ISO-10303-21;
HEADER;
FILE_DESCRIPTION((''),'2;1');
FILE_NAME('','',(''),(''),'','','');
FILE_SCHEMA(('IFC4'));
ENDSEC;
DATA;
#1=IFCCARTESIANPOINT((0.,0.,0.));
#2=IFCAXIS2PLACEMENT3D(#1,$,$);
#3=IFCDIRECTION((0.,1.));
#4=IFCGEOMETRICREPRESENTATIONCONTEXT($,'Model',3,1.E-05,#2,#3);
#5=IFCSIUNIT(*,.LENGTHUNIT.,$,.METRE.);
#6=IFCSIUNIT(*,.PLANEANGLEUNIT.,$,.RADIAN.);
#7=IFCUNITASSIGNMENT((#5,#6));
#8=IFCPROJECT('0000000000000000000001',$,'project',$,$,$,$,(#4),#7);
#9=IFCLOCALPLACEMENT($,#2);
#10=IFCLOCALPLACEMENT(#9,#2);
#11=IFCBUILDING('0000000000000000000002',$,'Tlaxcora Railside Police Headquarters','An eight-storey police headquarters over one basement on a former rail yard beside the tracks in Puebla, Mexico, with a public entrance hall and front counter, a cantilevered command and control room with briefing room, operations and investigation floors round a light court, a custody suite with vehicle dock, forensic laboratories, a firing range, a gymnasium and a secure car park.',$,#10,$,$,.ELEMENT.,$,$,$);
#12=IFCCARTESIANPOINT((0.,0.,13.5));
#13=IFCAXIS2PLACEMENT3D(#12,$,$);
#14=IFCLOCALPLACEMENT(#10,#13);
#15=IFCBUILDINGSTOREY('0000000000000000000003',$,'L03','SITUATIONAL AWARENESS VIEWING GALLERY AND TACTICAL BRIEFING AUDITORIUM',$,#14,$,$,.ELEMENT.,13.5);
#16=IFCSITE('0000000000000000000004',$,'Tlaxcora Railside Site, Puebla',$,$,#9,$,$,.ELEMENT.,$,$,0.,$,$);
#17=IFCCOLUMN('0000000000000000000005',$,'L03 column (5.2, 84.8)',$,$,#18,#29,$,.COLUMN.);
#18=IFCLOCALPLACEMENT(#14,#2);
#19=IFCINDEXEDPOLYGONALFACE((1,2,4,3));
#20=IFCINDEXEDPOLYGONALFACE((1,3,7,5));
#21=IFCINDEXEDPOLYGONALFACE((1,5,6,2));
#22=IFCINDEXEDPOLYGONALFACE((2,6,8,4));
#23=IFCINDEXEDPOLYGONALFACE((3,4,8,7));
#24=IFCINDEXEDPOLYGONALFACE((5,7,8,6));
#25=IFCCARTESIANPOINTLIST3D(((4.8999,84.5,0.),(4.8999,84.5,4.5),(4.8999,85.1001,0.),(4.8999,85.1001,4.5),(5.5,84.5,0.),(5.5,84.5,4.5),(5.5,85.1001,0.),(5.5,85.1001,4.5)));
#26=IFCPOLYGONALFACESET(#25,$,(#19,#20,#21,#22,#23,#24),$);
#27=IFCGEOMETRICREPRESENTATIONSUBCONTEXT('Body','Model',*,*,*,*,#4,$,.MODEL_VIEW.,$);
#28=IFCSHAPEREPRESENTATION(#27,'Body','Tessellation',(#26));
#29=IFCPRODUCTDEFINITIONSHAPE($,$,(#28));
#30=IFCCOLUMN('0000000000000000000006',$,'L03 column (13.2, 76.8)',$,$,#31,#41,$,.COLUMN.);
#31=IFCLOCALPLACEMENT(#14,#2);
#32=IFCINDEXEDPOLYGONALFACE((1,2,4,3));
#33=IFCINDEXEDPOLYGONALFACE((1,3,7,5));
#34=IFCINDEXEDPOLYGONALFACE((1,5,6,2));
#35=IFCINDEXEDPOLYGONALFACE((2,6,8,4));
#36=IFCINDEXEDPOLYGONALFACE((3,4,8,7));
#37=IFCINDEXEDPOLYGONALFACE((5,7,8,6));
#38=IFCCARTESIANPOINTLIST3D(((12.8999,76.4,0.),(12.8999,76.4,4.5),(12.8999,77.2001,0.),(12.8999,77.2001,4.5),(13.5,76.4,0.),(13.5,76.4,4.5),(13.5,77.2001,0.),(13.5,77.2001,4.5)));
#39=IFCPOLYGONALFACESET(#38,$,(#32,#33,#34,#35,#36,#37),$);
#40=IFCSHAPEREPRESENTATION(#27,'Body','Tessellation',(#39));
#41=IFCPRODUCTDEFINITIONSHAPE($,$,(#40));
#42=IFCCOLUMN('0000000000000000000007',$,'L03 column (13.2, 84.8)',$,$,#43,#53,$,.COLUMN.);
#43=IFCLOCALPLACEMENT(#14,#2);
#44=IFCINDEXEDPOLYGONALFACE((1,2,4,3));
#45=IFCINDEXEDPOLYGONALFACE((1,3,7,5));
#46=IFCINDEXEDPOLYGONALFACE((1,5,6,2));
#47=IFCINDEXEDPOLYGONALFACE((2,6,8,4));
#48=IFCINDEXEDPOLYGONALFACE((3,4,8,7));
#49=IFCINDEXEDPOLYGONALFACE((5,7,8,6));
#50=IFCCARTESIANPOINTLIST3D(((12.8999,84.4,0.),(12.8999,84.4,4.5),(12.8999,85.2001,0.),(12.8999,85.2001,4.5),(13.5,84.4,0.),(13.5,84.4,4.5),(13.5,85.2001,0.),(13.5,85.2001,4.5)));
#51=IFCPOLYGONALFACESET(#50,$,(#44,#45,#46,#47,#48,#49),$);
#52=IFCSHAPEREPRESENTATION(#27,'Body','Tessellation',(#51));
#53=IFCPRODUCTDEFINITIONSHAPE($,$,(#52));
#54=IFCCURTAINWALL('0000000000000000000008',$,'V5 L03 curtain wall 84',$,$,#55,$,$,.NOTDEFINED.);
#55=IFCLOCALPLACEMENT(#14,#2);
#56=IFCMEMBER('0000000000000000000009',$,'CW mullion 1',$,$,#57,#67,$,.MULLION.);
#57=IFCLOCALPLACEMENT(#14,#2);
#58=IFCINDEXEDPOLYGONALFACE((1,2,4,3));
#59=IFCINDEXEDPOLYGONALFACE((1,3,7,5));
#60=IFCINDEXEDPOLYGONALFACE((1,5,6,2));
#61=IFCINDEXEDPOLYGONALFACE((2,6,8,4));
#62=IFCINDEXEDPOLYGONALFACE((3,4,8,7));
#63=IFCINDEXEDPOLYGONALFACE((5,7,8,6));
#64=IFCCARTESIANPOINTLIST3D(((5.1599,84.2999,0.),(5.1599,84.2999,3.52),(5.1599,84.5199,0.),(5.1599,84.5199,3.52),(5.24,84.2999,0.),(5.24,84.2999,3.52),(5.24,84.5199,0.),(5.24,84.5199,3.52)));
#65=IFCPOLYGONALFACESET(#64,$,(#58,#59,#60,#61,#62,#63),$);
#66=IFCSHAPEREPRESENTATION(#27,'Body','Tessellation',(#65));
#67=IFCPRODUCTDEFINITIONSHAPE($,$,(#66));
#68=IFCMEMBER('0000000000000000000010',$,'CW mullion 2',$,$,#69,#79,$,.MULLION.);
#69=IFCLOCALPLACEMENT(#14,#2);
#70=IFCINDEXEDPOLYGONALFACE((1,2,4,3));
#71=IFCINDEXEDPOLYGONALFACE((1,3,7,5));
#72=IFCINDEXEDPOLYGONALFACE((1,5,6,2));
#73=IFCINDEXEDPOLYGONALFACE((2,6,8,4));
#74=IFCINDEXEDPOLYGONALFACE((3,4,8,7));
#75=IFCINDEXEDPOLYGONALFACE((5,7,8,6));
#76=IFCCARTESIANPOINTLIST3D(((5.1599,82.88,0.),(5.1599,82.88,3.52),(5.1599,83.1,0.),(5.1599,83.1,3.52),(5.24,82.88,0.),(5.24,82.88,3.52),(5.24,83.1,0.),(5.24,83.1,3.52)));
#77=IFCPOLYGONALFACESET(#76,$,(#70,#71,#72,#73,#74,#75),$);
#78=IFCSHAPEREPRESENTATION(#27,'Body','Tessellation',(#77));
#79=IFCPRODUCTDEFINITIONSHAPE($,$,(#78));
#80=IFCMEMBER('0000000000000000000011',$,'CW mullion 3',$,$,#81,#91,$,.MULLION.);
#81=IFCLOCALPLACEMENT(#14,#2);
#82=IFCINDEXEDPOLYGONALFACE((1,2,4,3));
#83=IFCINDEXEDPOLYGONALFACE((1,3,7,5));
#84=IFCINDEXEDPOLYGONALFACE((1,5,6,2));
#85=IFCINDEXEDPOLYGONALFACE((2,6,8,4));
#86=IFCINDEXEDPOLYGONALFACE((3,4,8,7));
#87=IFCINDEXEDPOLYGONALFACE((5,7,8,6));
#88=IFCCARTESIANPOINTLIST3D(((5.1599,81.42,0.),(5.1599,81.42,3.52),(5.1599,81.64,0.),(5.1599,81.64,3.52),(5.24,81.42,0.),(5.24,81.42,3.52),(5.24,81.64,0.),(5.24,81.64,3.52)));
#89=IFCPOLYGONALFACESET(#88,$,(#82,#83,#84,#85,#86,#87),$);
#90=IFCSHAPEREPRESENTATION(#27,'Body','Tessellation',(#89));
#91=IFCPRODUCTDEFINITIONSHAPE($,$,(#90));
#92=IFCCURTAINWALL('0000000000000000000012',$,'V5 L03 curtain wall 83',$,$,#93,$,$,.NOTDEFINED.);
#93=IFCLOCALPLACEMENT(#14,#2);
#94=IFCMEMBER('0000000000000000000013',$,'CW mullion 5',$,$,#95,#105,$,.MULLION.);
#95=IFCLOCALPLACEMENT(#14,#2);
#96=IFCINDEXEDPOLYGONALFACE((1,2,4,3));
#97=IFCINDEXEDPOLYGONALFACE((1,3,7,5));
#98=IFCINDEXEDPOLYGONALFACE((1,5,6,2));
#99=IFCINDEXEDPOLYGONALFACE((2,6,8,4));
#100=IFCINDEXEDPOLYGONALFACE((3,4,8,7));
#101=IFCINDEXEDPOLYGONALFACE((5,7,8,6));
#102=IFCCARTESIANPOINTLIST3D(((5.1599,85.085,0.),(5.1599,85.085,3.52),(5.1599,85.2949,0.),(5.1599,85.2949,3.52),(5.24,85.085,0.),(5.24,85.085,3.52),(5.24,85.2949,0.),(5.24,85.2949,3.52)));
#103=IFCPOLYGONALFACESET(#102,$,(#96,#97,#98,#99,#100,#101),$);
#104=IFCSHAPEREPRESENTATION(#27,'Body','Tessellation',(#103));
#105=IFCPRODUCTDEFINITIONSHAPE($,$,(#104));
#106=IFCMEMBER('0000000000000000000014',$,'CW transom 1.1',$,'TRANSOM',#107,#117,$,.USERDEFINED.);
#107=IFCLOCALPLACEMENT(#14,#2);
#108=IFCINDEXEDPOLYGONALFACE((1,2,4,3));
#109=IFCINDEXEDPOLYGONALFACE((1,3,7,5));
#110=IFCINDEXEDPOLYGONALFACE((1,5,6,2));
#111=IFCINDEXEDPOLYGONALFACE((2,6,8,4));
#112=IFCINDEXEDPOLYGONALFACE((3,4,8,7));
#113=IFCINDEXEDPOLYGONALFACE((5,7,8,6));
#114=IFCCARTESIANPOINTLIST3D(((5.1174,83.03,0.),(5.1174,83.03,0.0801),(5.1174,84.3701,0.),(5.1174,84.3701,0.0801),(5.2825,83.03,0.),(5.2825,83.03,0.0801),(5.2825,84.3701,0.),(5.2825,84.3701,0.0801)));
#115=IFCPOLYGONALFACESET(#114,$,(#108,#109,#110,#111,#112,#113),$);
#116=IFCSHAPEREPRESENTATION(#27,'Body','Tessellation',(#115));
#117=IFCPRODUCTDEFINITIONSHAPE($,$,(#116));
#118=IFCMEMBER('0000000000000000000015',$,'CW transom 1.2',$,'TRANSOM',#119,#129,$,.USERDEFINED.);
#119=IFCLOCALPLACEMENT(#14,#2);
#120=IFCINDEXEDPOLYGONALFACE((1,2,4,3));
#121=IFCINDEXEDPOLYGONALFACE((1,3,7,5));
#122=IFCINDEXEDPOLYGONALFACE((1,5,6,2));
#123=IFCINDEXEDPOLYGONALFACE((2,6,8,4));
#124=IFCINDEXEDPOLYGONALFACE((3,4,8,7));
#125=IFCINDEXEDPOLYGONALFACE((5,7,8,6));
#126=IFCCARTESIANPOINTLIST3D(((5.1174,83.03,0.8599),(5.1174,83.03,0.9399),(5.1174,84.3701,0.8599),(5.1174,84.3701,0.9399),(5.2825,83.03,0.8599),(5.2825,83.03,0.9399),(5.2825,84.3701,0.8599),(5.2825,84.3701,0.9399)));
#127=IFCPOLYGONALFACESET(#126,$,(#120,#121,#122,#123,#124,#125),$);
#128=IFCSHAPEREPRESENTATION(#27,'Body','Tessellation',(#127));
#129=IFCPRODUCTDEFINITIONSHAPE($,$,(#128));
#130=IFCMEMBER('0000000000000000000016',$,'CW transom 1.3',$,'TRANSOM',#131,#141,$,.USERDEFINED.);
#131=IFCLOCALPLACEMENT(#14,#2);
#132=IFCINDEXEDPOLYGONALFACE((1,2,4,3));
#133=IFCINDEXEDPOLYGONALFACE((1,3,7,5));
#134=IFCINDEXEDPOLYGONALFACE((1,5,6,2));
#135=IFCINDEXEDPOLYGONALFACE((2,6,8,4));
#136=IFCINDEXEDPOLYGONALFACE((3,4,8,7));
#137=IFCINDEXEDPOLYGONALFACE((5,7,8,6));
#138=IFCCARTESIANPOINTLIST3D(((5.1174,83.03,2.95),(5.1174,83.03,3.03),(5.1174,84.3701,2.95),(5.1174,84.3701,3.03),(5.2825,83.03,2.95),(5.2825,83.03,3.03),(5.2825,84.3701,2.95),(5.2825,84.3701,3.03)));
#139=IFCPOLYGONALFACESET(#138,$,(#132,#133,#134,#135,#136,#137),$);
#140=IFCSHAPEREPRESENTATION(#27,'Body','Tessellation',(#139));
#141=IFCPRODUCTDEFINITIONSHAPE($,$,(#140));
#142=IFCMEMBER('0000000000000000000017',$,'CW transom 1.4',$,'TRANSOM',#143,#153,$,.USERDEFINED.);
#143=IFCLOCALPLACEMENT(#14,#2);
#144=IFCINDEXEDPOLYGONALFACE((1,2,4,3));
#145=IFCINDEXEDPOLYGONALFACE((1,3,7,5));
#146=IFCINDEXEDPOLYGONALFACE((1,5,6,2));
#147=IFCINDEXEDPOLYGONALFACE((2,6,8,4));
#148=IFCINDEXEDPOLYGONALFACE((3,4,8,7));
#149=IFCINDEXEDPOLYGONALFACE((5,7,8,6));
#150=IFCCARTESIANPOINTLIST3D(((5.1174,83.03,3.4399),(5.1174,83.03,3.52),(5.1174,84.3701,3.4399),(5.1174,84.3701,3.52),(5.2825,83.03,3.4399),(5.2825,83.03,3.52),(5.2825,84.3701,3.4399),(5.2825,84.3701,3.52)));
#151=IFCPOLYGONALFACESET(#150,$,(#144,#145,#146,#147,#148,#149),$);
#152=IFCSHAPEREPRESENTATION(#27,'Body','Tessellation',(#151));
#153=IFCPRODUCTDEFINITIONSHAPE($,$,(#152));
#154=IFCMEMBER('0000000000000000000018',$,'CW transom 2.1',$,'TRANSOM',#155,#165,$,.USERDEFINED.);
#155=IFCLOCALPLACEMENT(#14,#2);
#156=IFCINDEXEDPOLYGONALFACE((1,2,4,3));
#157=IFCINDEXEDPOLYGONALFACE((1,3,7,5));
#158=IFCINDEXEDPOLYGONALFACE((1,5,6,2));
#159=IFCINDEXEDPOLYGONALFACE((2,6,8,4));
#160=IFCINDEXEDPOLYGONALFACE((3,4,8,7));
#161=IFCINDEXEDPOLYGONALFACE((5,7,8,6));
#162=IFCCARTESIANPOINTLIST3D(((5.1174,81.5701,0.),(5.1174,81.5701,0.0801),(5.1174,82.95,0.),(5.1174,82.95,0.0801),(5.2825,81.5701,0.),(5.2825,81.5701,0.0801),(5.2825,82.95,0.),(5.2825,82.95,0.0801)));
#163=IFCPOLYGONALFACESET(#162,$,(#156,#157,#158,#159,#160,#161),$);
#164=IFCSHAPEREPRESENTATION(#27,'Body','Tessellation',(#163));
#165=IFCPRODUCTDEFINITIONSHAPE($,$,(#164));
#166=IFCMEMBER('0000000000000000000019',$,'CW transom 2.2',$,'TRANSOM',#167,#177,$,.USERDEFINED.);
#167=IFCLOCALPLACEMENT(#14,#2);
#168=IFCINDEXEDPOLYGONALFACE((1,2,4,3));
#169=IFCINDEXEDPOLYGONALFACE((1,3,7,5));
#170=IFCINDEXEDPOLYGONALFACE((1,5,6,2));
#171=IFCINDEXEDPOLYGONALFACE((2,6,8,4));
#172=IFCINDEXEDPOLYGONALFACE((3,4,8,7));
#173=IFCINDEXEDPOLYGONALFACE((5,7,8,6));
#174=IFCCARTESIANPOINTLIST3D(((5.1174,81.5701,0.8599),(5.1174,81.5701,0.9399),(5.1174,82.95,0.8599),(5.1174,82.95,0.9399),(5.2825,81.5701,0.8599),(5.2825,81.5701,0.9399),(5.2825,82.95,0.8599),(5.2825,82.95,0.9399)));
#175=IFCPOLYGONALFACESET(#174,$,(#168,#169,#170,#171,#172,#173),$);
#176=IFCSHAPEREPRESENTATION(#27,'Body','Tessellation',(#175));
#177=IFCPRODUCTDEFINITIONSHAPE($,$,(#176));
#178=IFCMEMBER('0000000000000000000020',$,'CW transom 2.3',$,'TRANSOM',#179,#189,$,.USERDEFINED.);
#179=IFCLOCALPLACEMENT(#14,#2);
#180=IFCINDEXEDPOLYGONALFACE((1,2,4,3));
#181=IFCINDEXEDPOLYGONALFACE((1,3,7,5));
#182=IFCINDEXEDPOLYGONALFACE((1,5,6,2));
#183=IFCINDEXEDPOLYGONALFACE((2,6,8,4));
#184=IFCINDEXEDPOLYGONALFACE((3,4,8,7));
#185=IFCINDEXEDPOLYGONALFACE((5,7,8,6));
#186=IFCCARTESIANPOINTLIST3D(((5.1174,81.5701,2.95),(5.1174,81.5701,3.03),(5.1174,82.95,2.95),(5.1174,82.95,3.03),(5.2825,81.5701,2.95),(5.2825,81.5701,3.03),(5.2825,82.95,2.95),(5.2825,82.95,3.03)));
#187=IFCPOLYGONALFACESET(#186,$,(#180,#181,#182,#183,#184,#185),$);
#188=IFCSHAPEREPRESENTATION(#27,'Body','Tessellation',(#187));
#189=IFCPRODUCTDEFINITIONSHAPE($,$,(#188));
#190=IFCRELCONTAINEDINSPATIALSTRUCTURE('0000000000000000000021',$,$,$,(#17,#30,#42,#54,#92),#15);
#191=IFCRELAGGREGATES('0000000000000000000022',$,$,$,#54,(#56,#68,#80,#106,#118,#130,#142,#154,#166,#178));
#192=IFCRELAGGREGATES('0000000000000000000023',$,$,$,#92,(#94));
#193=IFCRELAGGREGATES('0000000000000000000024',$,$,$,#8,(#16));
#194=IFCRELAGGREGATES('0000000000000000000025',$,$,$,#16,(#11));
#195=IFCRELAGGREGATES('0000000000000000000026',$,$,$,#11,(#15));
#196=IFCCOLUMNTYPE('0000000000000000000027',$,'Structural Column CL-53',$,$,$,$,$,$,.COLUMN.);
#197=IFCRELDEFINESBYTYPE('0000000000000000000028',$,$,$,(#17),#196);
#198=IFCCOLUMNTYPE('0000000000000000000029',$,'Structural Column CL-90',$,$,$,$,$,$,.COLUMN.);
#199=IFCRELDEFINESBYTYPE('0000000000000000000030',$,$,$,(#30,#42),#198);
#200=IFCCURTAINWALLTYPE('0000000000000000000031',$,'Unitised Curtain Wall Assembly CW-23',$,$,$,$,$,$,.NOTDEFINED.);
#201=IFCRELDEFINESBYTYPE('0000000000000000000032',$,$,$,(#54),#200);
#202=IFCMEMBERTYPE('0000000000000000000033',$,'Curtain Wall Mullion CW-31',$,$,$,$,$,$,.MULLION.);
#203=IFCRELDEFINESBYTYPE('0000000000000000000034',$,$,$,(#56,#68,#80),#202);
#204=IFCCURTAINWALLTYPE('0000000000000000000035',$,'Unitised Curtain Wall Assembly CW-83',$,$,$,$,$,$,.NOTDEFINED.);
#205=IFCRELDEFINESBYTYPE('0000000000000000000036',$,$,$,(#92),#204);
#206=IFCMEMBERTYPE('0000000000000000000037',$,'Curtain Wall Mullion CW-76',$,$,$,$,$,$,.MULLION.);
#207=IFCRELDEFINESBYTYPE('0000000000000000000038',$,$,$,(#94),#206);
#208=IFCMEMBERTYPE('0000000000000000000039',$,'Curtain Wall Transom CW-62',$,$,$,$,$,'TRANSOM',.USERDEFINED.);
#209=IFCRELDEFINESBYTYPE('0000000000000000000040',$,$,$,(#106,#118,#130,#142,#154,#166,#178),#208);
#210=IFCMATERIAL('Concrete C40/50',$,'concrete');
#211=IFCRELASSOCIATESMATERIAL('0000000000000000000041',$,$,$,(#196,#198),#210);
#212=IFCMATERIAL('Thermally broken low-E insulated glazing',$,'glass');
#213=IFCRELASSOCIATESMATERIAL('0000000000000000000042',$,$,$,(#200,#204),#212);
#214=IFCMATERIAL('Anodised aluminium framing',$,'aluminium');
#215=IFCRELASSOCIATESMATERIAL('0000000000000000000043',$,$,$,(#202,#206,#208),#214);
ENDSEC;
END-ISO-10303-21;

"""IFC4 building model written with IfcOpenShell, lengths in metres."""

from ifc_helpers import new_model, si_unit, direction, frame, origin, origin_2d, place, context, subcontext, project, spatial, rectangle, extrude, material, material_profile, profile_set, type_object, element, aggregate, save


model = new_model("IFC4")

# Units and contexts
model_context = context("Model", 3, precision=1e-05, world=origin(), true_north=direction((0.0, 1.0)))
body_context = subcontext(model_context, "Body", "Model", "MODEL_VIEW")
ifc_project = project(units=[si_unit("LENGTHUNIT", "METRE"), si_unit("PLANEANGLEUNIT", "RADIAN")], contexts=[model_context])

# Site, building, storey
site_placement = place(None, origin())
site = spatial("IfcSite", under=ifc_project, at=site_placement, Name="Tlaxcora Railside Site, Puebla", CompositionType="ELEMENT", RefElevation=0.0)
building_placement = place(site_placement, origin())
building = spatial("IfcBuilding", under=site, at=building_placement, Name="Tlaxcora Railside Police Headquarters", Description="An eight-storey police headquarters over one basement on a former rail yard beside the tracks in Puebla, Mexico, with a public entrance hall and front counter, a cantilevered command and control room with briefing room, operations and investigation floors round a light court, a custody suite with vehicle dock, forensic laboratories, a firing range, a gymnasium and a secure car park.", CompositionType="ELEMENT")
storey_placement = place(building_placement, frame((0.0, 0.0, 13.5)))
storey = spatial("IfcBuildingStorey", under=building, at=storey_placement, Name="L03", Description="SITUATIONAL AWARENESS VIEWING GALLERY AND TACTICAL BRIEFING AUDITORIUM", CompositionType="ELEMENT", Elevation=13.5)

# Columns
ifc_material_1 = material(Name="Concrete C40/50", Category="concrete")
ifc_material_profile_1 = material_profile(ifc_material_1, rectangle(XDim=0.6001, YDim=0.6001, at=origin_2d()), Name="RC600X600")
ifc_profile_set_1 = profile_set([ifc_material_profile_1], Name="Concrete C40/50")
column_type_1 = type_object("IfcColumnType", Name="Structural Column CL-53", PredefinedType="COLUMN", material=ifc_profile_set_1)
column_placement = place(storey_placement, frame((5.2, 84.8, 0.0), z_axis=(0.0, 0.0, 1.0), x_axis=(1.0, 0.0, 0.0)))
element("IfcColumn", 1, at=column_placement, inside=storey, type_object=column_type_1, Name="L03 column (5.2, 84.8)", PredefinedType="COLUMN", context=body_context, shape_type="SweptSolid", body=[
    extrude(rectangle(XDim=0.6001, YDim=0.6001, at=origin_2d()), origin(), (0.0, 0.0, 1.0), 4.5),
])
ifc_material_profile_2 = material_profile(ifc_material_1, rectangle(XDim=0.6001, YDim=0.8, at=origin_2d()), Name="RC600X800")
ifc_profile_set_2 = profile_set([ifc_material_profile_2], Name="Concrete C40/50")
column_type_2 = type_object("IfcColumnType", Name="Structural Column CL-90", PredefinedType="COLUMN", material=ifc_profile_set_2)
for number, where, z_axis, x_axis, name in (
    (2, (13.2, 76.8, 0.0), (0.0, 0.0, 1.0), (1.0, 0.0, 0.0), "L03 column (13.2, 76.8)"),
    (3, (13.2, 84.8, 0.0), (0.0, 0.0, 1.0), (1.0, 0.0, 0.0), "L03 column (13.2, 84.8)"),
):
    element("IfcColumn", number, at=place(storey_placement, frame(where, z_axis=z_axis, x_axis=x_axis)), inside=storey, type_object=column_type_2, Name=name, PredefinedType="COLUMN", context=body_context, shape_type="SweptSolid", body=[
        extrude(rectangle(XDim=0.6001, YDim=0.8, at=origin_2d()), origin(), (0.0, 0.0, 1.0), 4.5),
    ])

# Curtain wall, members
ifc_material_2 = material(Name="Thermally broken low-E insulated glazing", Category="glass")
curtain_wall_type_1 = type_object("IfcCurtainWallType", Name="Unitised Curtain Wall Assembly CW-23", PredefinedType="NOTDEFINED", material=ifc_material_2)
curtain_wall_1_placement = place(storey_placement, origin())
curtain_wall_1 = element("IfcCurtainWall", 4, at=curtain_wall_1_placement, inside=storey, type_object=curtain_wall_type_1, Name="V5 L03 curtain wall 84", PredefinedType="NOTDEFINED")
ifc_material_3 = material(Name="Anodised aluminium framing", Category="aluminium")
ifc_material_profile_3 = material_profile(ifc_material_3, rectangle(XDim=0.0801, YDim=0.22, at=origin_2d()), Name="AL80X220")
ifc_profile_set_3 = profile_set([ifc_material_profile_3], Name="Anodised aluminium framing")
member_type_1 = type_object("IfcMemberType", Name="Curtain Wall Mullion CW-31", PredefinedType="MULLION", material=ifc_profile_set_3)
member_1_placement = place(storey_placement, frame((5.2, 84.4099, 0.0), z_axis=(0.0, 0.0, 1.0), x_axis=(1.0, 0.0, 0.0)))
member_1 = element("IfcMember", 5, at=member_1_placement, type_object=member_type_1, Name="CW mullion 1", PredefinedType="MULLION", context=body_context, shape_type="SweptSolid", body=[
    extrude(rectangle(XDim=0.0801, YDim=0.22, at=origin_2d()), origin(), (0.0, 0.0, 1.0), 3.52),
])
member_2_placement = place(storey_placement, frame((5.2, 82.99, 0.0), z_axis=(0.0, 0.0, 1.0), x_axis=(1.0, 0.0, 0.0)))
member_2 = element("IfcMember", 6, at=member_2_placement, type_object=member_type_1, Name="CW mullion 2", PredefinedType="MULLION", context=body_context, shape_type="SweptSolid", body=[
    extrude(rectangle(XDim=0.0801, YDim=0.22, at=origin_2d()), origin(), (0.0, 0.0, 1.0), 3.52),
])
member_3_placement = place(storey_placement, frame((5.2, 81.53, 0.0), z_axis=(0.0, 0.0, 1.0), x_axis=(1.0, 0.0, 0.0)))
member_3 = element("IfcMember", 7, at=member_3_placement, type_object=member_type_1, Name="CW mullion 3", PredefinedType="MULLION", context=body_context, shape_type="SweptSolid", body=[
    extrude(rectangle(XDim=0.0801, YDim=0.22, at=origin_2d()), origin(), (0.0, 0.0, 1.0), 3.52),
])

# Curtain wall, member
curtain_wall_type_2 = type_object("IfcCurtainWallType", Name="Unitised Curtain Wall Assembly CW-83", PredefinedType="NOTDEFINED", material=ifc_material_2)
curtain_wall_2_placement = place(storey_placement, origin())
curtain_wall_2 = element("IfcCurtainWall", 8, at=curtain_wall_2_placement, inside=storey, type_object=curtain_wall_type_2, Name="V5 L03 curtain wall 83", PredefinedType="NOTDEFINED")
ifc_material_profile_4 = material_profile(ifc_material_3, rectangle(XDim=0.0801, YDim=0.21, at=origin_2d()), Name="AL80X210")
ifc_profile_set_4 = profile_set([ifc_material_profile_4], Name="Anodised aluminium framing")
member_type_2 = type_object("IfcMemberType", Name="Curtain Wall Mullion CW-76", PredefinedType="MULLION", material=ifc_profile_set_4)
member_4_placement = place(storey_placement, frame((5.2, 85.1899, 0.0), z_axis=(0.0, 0.0, 1.0), x_axis=(1.0, 0.0, 0.0)))
member_4 = element("IfcMember", 9, at=member_4_placement, type_object=member_type_2, Name="CW mullion 5", PredefinedType="MULLION", context=body_context, shape_type="SweptSolid", body=[
    extrude(rectangle(XDim=0.0801, YDim=0.21, at=origin_2d()), origin(), (0.0, 0.0, 1.0), 3.52),
])

# Members
ifc_material_profile_5 = material_profile(ifc_material_3, rectangle(XDim=0.165, YDim=0.0801, at=origin_2d()), Name="AL80X165")
ifc_profile_set_5 = profile_set([ifc_material_profile_5], Name="Anodised aluminium framing")
member_type_3 = type_object("IfcMemberType", Name="Curtain Wall Transom CW-62", ElementType="TRANSOM", PredefinedType="USERDEFINED", material=ifc_profile_set_5)
member_5_placement = place(storey_placement, frame((5.2, 84.3701, 0.04), z_axis=(0.0, -1.0, 0.0), x_axis=(1.0, 0.0, 0.0)))
member_5 = element("IfcMember", 10, at=member_5_placement, type_object=member_type_3, Name="CW transom 1.1", ObjectType="TRANSOM", PredefinedType="USERDEFINED", context=body_context, shape_type="SweptSolid", body=[
    extrude(rectangle(XDim=0.165, YDim=0.0801, at=origin_2d()), origin(), (0.0, 0.0, 1.0), 1.3401),
])
member_6_placement = place(storey_placement, frame((5.2, 84.3701, 0.8999), z_axis=(0.0, -1.0, 0.0), x_axis=(1.0, 0.0, 0.0)))
member_6 = element("IfcMember", 11, at=member_6_placement, type_object=member_type_3, Name="CW transom 1.2", ObjectType="TRANSOM", PredefinedType="USERDEFINED", context=body_context, shape_type="SweptSolid", body=[
    extrude(rectangle(XDim=0.165, YDim=0.0801, at=origin_2d()), origin(), (0.0, 0.0, 1.0), 1.3401),
])
member_7_placement = place(storey_placement, frame((5.2, 84.3701, 2.99), z_axis=(0.0, -1.0, 0.0), x_axis=(1.0, 0.0, 0.0)))
member_7 = element("IfcMember", 12, at=member_7_placement, type_object=member_type_3, Name="CW transom 1.3", ObjectType="TRANSOM", PredefinedType="USERDEFINED", context=body_context, shape_type="SweptSolid", body=[
    extrude(rectangle(XDim=0.165, YDim=0.0801, at=origin_2d()), origin(), (0.0, 0.0, 1.0), 1.3401),
])
member_8_placement = place(storey_placement, frame((5.2, 84.3701, 3.48), z_axis=(0.0, -1.0, 0.0), x_axis=(1.0, 0.0, 0.0)))
member_8 = element("IfcMember", 13, at=member_8_placement, type_object=member_type_3, Name="CW transom 1.4", ObjectType="TRANSOM", PredefinedType="USERDEFINED", context=body_context, shape_type="SweptSolid", body=[
    extrude(rectangle(XDim=0.165, YDim=0.0801, at=origin_2d()), origin(), (0.0, 0.0, 1.0), 1.3401),
])
member_9_placement = place(storey_placement, frame((5.2, 82.95, 0.04), z_axis=(0.0, -1.0, 0.0), x_axis=(1.0, 0.0, 0.0)))
member_9 = element("IfcMember", 14, at=member_9_placement, type_object=member_type_3, Name="CW transom 2.1", ObjectType="TRANSOM", PredefinedType="USERDEFINED", context=body_context, shape_type="SweptSolid", body=[
    extrude(rectangle(XDim=0.165, YDim=0.0801, at=origin_2d()), origin(), (0.0, 0.0, 1.0), 1.3799),
])
member_10_placement = place(storey_placement, frame((5.2, 82.95, 0.8999), z_axis=(0.0, -1.0, 0.0), x_axis=(1.0, 0.0, 0.0)))
member_10 = element("IfcMember", 15, at=member_10_placement, type_object=member_type_3, Name="CW transom 2.2", ObjectType="TRANSOM", PredefinedType="USERDEFINED", context=body_context, shape_type="SweptSolid", body=[
    extrude(rectangle(XDim=0.165, YDim=0.0801, at=origin_2d()), origin(), (0.0, 0.0, 1.0), 1.3799),
])
member_11_placement = place(storey_placement, frame((5.2, 82.95, 2.99), z_axis=(0.0, -1.0, 0.0), x_axis=(1.0, 0.0, 0.0)))
member_11 = element("IfcMember", 16, at=member_11_placement, type_object=member_type_3, Name="CW transom 2.3", ObjectType="TRANSOM", PredefinedType="USERDEFINED", context=body_context, shape_type="SweptSolid", body=[
    extrude(rectangle(XDim=0.165, YDim=0.0801, at=origin_2d()), origin(), (0.0, 0.0, 1.0), 1.3799),
])

aggregate(curtain_wall_1, [member_1, member_2, member_3, member_5, member_6, member_7, member_8, member_9, member_10, member_11])
aggregate(curtain_wall_2, [member_4])

save(model, "model.ifc")
